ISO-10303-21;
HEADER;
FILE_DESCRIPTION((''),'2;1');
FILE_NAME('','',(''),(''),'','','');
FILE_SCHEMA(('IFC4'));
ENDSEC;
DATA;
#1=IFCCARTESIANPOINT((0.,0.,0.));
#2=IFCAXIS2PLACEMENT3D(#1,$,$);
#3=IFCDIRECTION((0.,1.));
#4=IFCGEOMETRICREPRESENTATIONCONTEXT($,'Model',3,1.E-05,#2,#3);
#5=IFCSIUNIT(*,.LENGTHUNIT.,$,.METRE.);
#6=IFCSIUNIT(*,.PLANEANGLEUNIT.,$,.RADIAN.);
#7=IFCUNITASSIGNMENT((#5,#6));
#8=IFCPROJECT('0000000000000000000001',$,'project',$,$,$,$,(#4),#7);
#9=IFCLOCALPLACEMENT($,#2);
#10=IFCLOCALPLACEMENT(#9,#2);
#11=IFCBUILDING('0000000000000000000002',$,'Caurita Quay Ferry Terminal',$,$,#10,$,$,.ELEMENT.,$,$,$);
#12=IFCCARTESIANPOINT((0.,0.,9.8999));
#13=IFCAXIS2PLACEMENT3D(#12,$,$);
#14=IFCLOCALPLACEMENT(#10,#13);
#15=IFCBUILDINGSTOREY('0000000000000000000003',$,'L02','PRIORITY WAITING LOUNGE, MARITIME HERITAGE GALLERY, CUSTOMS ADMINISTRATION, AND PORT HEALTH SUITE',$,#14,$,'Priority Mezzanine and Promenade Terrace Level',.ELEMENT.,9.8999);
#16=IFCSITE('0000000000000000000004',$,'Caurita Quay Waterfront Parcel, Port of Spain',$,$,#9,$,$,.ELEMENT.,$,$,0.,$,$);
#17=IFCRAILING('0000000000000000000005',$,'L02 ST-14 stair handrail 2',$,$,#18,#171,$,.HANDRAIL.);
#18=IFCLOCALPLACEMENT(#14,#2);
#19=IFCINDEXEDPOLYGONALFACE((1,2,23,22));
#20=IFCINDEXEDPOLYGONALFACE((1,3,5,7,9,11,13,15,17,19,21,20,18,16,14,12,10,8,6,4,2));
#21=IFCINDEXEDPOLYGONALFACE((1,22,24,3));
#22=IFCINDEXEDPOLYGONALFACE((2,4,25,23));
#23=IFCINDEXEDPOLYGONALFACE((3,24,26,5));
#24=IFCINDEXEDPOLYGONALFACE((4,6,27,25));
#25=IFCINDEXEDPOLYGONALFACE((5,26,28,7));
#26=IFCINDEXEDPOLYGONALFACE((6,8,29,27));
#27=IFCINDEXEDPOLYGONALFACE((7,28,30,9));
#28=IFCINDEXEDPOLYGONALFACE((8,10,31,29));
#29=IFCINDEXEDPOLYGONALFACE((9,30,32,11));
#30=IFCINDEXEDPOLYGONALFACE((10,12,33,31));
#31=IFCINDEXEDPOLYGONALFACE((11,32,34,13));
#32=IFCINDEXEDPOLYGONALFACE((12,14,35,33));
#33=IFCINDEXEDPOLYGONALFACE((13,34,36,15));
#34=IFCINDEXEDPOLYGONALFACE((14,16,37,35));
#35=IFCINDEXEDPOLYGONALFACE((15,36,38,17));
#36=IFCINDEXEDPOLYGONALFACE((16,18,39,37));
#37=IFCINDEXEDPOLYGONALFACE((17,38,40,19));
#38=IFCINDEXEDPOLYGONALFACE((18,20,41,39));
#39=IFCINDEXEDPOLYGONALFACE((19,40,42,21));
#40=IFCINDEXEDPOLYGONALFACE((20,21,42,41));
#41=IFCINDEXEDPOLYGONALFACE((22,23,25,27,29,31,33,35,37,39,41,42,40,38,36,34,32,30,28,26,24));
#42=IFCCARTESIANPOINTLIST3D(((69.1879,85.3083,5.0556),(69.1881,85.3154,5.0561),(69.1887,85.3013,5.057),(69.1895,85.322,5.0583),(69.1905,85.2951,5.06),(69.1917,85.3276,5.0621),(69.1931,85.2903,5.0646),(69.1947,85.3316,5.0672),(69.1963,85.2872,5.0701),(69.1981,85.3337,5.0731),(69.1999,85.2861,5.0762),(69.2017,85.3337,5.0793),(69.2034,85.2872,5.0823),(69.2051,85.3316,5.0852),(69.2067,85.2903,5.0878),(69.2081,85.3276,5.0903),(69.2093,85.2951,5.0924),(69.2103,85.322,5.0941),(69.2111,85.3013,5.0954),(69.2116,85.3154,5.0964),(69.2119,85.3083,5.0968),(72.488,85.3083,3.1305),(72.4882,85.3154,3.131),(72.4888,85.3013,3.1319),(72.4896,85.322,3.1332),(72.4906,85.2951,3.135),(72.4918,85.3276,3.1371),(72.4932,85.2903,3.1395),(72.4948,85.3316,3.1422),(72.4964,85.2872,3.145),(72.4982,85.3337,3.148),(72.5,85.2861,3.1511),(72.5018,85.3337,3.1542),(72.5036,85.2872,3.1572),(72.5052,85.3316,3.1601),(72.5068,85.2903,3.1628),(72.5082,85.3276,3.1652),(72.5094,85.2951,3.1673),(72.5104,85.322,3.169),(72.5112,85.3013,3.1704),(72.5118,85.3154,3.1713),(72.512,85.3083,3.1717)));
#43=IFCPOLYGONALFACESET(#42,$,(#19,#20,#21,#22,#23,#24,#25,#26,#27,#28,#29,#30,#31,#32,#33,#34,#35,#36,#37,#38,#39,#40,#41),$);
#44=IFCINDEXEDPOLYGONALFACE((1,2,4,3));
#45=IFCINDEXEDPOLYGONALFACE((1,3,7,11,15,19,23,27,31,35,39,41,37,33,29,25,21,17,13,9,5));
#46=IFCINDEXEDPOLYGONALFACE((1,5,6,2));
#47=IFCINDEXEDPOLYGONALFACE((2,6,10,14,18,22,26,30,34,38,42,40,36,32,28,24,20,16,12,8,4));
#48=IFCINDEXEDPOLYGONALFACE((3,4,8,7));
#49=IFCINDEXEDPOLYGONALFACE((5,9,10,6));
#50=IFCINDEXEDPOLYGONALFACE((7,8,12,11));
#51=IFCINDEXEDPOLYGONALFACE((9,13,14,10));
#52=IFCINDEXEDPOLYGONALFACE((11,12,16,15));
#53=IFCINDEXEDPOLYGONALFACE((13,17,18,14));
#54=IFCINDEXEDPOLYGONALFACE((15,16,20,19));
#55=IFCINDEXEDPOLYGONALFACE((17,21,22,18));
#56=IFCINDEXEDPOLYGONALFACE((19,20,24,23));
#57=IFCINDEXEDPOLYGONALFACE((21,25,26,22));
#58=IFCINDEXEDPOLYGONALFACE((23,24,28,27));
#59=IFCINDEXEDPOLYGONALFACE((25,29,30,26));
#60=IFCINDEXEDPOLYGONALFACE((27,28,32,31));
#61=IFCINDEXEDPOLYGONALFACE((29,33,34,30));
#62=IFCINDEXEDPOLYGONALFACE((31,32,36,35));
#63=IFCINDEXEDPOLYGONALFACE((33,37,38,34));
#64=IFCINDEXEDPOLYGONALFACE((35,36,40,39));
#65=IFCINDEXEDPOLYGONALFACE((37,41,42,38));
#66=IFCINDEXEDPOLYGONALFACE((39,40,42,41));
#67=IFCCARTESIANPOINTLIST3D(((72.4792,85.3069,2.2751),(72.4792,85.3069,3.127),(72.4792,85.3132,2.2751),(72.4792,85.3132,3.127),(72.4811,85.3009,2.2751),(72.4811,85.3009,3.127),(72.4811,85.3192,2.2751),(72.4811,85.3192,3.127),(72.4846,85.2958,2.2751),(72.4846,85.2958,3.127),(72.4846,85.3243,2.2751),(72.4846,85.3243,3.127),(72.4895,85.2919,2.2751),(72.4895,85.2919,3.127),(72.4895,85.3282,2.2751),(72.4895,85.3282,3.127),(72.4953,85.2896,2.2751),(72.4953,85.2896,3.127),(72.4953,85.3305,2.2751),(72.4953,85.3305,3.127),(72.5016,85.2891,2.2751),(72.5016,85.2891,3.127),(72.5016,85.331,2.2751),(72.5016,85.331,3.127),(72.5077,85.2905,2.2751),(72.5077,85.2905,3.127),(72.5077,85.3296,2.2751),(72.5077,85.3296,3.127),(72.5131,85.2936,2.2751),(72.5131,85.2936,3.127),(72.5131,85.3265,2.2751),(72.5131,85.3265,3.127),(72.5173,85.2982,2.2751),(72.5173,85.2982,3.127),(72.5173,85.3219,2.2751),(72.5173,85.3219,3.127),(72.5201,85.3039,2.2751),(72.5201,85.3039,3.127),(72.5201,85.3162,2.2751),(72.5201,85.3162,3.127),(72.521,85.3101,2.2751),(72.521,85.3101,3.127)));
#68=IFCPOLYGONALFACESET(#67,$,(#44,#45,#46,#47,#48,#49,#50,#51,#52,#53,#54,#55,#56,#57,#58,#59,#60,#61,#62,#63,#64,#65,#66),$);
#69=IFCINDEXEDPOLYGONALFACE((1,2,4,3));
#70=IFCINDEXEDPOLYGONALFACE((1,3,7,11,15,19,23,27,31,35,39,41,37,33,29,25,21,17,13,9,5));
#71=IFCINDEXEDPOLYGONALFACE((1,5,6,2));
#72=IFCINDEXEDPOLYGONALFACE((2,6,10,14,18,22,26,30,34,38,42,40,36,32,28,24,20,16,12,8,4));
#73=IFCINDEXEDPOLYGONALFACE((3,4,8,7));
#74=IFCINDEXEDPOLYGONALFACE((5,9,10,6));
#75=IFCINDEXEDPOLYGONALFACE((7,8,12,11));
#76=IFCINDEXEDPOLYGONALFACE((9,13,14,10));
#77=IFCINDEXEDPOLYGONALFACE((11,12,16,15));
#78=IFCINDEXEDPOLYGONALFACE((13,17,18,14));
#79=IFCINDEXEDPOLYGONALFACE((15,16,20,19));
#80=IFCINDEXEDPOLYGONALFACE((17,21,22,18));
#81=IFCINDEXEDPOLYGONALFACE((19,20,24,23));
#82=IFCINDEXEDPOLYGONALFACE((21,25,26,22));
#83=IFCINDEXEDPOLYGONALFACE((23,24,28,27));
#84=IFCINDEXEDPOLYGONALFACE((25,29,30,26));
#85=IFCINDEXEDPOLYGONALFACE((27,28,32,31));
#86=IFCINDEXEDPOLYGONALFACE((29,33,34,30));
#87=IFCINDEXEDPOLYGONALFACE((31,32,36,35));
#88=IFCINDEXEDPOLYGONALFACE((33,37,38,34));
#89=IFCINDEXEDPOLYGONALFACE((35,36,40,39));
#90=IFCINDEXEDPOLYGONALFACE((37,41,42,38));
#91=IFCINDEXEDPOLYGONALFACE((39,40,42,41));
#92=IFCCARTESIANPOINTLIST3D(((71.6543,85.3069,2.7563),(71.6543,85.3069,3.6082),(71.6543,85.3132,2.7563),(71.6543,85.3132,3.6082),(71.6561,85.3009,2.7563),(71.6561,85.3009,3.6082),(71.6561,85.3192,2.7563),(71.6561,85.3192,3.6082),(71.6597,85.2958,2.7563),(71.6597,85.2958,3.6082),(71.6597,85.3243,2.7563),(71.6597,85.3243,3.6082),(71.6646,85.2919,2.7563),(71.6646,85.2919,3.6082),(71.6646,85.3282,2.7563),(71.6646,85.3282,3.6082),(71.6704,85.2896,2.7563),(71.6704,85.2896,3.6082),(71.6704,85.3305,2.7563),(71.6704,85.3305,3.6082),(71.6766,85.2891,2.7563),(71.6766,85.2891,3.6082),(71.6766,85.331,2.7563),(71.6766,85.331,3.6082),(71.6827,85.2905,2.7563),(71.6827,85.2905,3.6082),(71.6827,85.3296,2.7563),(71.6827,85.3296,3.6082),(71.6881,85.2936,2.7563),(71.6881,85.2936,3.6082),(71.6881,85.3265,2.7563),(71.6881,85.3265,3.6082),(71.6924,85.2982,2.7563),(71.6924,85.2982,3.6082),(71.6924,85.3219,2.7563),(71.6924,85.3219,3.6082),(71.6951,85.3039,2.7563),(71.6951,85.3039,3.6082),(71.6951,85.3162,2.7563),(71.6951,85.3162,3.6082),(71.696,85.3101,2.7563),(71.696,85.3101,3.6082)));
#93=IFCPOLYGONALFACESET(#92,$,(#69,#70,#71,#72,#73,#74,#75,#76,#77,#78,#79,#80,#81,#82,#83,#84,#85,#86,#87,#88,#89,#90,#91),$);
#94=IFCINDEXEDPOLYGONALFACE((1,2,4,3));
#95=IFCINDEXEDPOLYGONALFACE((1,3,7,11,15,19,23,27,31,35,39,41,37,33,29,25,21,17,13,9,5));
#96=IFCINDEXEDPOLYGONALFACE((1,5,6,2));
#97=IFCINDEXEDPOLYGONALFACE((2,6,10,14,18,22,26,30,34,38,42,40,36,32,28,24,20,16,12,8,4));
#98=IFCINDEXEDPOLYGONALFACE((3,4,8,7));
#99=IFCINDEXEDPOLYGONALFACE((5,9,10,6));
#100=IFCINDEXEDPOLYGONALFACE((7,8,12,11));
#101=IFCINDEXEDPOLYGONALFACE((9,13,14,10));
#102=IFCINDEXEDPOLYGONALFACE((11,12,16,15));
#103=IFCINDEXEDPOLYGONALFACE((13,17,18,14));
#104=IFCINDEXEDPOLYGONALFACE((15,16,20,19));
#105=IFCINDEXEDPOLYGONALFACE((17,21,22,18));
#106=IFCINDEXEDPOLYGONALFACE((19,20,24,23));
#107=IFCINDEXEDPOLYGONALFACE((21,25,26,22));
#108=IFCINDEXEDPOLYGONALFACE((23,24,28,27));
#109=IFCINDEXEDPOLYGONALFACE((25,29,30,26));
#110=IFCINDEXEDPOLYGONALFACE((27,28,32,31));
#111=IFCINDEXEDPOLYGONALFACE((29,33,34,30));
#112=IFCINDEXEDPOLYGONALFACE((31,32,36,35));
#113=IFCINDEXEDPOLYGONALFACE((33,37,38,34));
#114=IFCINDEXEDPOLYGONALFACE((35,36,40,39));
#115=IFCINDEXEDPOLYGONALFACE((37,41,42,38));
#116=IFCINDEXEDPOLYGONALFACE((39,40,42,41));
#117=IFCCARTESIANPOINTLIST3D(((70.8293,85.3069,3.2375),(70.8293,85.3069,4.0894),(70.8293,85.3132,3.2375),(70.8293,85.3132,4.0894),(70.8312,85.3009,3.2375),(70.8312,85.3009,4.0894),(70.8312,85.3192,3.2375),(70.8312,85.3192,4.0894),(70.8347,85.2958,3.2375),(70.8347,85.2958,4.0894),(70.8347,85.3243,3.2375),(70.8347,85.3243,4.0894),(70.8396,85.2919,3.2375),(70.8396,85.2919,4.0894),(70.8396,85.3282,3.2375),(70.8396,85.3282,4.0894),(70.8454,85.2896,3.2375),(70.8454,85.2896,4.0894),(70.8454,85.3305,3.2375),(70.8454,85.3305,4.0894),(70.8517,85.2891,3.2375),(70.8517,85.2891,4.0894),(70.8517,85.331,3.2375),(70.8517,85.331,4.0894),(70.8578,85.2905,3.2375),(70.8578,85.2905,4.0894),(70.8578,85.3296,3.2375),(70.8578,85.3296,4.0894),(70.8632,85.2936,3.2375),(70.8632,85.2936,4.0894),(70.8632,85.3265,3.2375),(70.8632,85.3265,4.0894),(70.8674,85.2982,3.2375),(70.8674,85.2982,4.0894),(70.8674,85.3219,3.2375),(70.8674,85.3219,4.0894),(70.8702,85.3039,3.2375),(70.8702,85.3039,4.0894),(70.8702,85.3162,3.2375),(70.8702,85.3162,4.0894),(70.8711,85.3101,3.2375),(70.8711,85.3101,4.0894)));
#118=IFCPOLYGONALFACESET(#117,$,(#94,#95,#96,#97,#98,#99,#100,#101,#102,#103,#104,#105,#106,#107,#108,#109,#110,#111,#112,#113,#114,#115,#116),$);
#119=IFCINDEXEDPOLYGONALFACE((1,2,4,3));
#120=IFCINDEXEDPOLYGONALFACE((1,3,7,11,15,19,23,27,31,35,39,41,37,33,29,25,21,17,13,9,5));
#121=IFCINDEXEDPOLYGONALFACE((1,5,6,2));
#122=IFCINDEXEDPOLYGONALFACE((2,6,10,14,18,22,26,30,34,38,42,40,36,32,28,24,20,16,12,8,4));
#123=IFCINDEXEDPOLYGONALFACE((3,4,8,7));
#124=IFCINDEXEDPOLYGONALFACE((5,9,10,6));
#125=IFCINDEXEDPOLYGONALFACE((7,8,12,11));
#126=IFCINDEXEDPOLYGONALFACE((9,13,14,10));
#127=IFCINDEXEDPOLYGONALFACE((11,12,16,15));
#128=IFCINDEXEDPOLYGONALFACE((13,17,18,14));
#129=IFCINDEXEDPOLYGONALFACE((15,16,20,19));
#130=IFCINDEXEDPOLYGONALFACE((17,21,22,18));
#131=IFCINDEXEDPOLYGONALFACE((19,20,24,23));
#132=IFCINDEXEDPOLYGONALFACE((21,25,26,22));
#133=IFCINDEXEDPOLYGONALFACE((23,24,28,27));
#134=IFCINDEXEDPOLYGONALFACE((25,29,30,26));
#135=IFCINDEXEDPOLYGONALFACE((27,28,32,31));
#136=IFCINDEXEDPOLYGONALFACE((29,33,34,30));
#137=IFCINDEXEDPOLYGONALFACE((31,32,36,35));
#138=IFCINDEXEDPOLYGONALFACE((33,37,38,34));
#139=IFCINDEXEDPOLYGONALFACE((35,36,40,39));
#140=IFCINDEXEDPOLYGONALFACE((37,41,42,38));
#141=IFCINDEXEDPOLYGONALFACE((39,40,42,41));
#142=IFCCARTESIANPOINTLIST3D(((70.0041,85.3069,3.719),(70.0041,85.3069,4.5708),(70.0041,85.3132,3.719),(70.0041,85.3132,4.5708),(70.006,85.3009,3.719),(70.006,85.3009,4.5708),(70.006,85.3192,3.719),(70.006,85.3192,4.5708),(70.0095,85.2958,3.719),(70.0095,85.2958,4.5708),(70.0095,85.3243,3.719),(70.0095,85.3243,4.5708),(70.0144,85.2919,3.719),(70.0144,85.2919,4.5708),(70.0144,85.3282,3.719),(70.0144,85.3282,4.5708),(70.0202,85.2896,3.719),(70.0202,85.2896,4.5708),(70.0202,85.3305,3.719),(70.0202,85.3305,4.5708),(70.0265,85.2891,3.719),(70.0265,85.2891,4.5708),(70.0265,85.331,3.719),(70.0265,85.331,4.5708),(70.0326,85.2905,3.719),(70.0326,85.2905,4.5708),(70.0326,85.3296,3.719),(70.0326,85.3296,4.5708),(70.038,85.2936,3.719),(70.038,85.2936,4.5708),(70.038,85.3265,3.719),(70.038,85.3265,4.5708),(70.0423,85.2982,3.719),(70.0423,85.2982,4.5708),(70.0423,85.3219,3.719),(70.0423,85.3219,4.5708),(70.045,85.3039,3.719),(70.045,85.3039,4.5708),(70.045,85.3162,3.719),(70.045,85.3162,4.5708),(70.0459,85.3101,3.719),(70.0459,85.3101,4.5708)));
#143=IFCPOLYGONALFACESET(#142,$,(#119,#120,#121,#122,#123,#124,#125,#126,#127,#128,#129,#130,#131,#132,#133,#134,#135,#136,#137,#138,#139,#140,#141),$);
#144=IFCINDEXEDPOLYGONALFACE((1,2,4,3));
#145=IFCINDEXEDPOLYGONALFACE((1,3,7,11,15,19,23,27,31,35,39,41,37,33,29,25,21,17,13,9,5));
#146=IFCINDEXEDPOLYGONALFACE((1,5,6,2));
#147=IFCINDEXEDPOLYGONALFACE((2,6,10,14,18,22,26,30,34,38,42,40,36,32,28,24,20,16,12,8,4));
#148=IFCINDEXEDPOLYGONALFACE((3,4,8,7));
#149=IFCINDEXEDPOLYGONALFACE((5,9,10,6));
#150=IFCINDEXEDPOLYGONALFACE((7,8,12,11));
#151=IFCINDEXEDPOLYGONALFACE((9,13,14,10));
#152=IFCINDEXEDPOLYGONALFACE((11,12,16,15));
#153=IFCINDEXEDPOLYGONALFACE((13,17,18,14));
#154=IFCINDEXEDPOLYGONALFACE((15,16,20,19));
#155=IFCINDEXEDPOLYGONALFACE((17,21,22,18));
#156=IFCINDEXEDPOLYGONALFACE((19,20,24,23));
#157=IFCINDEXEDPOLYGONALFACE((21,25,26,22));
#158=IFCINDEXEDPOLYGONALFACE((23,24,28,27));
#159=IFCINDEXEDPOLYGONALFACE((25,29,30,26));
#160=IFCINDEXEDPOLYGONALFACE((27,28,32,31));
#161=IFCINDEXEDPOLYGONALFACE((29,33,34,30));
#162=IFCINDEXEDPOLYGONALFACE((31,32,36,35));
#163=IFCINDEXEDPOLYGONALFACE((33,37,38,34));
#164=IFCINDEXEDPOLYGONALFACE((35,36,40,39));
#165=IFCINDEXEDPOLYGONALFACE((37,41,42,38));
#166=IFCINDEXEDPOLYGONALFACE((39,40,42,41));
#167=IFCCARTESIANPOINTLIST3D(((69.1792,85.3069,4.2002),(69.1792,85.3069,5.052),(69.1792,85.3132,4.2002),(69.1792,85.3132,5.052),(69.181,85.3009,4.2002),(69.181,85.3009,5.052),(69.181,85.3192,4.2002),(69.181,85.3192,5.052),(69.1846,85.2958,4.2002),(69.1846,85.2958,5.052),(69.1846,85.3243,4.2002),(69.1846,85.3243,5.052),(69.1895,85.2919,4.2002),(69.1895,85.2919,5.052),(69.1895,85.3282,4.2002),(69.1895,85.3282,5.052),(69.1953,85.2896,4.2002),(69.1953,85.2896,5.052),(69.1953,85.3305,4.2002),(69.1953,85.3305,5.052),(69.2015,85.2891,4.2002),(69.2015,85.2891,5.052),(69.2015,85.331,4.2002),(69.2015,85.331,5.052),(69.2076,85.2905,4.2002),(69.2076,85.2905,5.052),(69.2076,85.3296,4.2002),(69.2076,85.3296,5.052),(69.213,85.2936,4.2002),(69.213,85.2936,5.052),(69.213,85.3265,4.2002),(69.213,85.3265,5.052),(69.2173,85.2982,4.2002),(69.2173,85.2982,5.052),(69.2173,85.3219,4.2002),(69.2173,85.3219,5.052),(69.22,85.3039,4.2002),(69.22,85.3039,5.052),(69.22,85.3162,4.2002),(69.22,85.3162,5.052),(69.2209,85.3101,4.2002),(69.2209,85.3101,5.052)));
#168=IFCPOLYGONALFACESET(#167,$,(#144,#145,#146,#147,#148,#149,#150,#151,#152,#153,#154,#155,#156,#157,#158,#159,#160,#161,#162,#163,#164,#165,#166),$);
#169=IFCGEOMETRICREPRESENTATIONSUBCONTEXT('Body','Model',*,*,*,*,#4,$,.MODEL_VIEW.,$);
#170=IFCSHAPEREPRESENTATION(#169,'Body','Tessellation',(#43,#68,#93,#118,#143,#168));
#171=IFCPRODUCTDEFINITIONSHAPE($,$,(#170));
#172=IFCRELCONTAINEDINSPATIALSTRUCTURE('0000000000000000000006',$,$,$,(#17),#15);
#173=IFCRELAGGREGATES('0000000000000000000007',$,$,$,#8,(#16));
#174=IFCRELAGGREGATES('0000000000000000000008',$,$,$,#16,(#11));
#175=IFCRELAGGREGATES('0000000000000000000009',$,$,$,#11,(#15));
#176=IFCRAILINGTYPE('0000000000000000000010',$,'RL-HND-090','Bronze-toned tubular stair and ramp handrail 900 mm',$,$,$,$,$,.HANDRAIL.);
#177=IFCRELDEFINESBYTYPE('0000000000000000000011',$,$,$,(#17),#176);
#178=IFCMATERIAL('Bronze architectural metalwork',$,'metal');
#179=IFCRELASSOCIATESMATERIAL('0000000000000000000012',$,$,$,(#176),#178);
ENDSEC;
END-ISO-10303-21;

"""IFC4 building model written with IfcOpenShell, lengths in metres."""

from ifc_helpers import new_model, si_unit, direction, frame, origin, origin_2d, place, context, subcontext, project, spatial, circle, extrude, material, type_object, element, save


model = new_model("IFC4")

# Units and contexts
model_context = context("Model", 3, precision=1e-05, world=origin(), true_north=direction((0.0, 1.0)))
body_context = subcontext(model_context, "Body", "Model", "MODEL_VIEW")
ifc_project = project(units=[si_unit("LENGTHUNIT", "METRE"), si_unit("PLANEANGLEUNIT", "RADIAN")], contexts=[model_context])

# Site, building, storey
site_placement = place(None, origin())
site = spatial("IfcSite", under=ifc_project, at=site_placement, Name="Caurita Quay Waterfront Parcel, Port of Spain", CompositionType="ELEMENT", RefElevation=0.0)
building_placement = place(site_placement, origin())
building = spatial("IfcBuilding", under=site, at=building_placement, Name="Caurita Quay Ferry Terminal", CompositionType="ELEMENT")
storey_placement = place(building_placement, frame((0.0, 0.0, 9.8999)))
storey = spatial("IfcBuildingStorey", under=building, at=storey_placement, Name="L02", Description="PRIORITY WAITING LOUNGE, MARITIME HERITAGE GALLERY, CUSTOMS ADMINISTRATION, AND PORT HEALTH SUITE", LongName="Priority Mezzanine and Promenade Terrace Level", CompositionType="ELEMENT", Elevation=9.8999)

# Railing
ifc_material_1 = material(Name="Bronze architectural metalwork", Category="metal")
railing_type_1 = type_object("IfcRailingType", Name="RL-HND-090", Description="Bronze-toned tubular stair and ramp handrail 900 mm", PredefinedType="HANDRAIL", material=ifc_material_1)
railing_1_placement = place(storey_placement, frame((72.5, 85.3101, 2.2751)))
element("IfcRailing", 1, at=railing_1_placement, inside=storey, type_object=railing_type_1, Name="L02 ST-14 stair handrail 2", PredefinedType="HANDRAIL", context=body_context, shape_type="SweptSolid", body=[
    extrude(circle(Radius=0.0239, at=origin_2d()), frame((0.0, 0.0, 0.876), z_axis=(-0.863777, 0.0, 0.503875), x_axis=(0.0, -1.0, 0.0)), (0.0, 0.0, 1.0), 3.8206),
    extrude(circle(Radius=0.021, at=origin_2d()), origin(), (0.0, 0.0, 1.0), 0.8518),
    extrude(circle(Radius=0.021, at=origin_2d()), frame((-0.825, 0.0, 0.4812)), (0.0, 0.0, 1.0), 0.8518),
    extrude(circle(Radius=0.021, at=origin_2d()), frame((-1.6499, 0.0, 0.9624)), (0.0, 0.0, 1.0), 0.8518),
    extrude(circle(Radius=0.021, at=origin_2d()), frame((-2.4751, 0.0, 1.4438)), (0.0, 0.0, 1.0), 0.8518),
    extrude(circle(Radius=0.021, at=origin_2d()), frame((-3.3, 0.0, 1.925)), (0.0, 0.0, 1.0), 0.8518),
])

save(model, "model.ifc")
